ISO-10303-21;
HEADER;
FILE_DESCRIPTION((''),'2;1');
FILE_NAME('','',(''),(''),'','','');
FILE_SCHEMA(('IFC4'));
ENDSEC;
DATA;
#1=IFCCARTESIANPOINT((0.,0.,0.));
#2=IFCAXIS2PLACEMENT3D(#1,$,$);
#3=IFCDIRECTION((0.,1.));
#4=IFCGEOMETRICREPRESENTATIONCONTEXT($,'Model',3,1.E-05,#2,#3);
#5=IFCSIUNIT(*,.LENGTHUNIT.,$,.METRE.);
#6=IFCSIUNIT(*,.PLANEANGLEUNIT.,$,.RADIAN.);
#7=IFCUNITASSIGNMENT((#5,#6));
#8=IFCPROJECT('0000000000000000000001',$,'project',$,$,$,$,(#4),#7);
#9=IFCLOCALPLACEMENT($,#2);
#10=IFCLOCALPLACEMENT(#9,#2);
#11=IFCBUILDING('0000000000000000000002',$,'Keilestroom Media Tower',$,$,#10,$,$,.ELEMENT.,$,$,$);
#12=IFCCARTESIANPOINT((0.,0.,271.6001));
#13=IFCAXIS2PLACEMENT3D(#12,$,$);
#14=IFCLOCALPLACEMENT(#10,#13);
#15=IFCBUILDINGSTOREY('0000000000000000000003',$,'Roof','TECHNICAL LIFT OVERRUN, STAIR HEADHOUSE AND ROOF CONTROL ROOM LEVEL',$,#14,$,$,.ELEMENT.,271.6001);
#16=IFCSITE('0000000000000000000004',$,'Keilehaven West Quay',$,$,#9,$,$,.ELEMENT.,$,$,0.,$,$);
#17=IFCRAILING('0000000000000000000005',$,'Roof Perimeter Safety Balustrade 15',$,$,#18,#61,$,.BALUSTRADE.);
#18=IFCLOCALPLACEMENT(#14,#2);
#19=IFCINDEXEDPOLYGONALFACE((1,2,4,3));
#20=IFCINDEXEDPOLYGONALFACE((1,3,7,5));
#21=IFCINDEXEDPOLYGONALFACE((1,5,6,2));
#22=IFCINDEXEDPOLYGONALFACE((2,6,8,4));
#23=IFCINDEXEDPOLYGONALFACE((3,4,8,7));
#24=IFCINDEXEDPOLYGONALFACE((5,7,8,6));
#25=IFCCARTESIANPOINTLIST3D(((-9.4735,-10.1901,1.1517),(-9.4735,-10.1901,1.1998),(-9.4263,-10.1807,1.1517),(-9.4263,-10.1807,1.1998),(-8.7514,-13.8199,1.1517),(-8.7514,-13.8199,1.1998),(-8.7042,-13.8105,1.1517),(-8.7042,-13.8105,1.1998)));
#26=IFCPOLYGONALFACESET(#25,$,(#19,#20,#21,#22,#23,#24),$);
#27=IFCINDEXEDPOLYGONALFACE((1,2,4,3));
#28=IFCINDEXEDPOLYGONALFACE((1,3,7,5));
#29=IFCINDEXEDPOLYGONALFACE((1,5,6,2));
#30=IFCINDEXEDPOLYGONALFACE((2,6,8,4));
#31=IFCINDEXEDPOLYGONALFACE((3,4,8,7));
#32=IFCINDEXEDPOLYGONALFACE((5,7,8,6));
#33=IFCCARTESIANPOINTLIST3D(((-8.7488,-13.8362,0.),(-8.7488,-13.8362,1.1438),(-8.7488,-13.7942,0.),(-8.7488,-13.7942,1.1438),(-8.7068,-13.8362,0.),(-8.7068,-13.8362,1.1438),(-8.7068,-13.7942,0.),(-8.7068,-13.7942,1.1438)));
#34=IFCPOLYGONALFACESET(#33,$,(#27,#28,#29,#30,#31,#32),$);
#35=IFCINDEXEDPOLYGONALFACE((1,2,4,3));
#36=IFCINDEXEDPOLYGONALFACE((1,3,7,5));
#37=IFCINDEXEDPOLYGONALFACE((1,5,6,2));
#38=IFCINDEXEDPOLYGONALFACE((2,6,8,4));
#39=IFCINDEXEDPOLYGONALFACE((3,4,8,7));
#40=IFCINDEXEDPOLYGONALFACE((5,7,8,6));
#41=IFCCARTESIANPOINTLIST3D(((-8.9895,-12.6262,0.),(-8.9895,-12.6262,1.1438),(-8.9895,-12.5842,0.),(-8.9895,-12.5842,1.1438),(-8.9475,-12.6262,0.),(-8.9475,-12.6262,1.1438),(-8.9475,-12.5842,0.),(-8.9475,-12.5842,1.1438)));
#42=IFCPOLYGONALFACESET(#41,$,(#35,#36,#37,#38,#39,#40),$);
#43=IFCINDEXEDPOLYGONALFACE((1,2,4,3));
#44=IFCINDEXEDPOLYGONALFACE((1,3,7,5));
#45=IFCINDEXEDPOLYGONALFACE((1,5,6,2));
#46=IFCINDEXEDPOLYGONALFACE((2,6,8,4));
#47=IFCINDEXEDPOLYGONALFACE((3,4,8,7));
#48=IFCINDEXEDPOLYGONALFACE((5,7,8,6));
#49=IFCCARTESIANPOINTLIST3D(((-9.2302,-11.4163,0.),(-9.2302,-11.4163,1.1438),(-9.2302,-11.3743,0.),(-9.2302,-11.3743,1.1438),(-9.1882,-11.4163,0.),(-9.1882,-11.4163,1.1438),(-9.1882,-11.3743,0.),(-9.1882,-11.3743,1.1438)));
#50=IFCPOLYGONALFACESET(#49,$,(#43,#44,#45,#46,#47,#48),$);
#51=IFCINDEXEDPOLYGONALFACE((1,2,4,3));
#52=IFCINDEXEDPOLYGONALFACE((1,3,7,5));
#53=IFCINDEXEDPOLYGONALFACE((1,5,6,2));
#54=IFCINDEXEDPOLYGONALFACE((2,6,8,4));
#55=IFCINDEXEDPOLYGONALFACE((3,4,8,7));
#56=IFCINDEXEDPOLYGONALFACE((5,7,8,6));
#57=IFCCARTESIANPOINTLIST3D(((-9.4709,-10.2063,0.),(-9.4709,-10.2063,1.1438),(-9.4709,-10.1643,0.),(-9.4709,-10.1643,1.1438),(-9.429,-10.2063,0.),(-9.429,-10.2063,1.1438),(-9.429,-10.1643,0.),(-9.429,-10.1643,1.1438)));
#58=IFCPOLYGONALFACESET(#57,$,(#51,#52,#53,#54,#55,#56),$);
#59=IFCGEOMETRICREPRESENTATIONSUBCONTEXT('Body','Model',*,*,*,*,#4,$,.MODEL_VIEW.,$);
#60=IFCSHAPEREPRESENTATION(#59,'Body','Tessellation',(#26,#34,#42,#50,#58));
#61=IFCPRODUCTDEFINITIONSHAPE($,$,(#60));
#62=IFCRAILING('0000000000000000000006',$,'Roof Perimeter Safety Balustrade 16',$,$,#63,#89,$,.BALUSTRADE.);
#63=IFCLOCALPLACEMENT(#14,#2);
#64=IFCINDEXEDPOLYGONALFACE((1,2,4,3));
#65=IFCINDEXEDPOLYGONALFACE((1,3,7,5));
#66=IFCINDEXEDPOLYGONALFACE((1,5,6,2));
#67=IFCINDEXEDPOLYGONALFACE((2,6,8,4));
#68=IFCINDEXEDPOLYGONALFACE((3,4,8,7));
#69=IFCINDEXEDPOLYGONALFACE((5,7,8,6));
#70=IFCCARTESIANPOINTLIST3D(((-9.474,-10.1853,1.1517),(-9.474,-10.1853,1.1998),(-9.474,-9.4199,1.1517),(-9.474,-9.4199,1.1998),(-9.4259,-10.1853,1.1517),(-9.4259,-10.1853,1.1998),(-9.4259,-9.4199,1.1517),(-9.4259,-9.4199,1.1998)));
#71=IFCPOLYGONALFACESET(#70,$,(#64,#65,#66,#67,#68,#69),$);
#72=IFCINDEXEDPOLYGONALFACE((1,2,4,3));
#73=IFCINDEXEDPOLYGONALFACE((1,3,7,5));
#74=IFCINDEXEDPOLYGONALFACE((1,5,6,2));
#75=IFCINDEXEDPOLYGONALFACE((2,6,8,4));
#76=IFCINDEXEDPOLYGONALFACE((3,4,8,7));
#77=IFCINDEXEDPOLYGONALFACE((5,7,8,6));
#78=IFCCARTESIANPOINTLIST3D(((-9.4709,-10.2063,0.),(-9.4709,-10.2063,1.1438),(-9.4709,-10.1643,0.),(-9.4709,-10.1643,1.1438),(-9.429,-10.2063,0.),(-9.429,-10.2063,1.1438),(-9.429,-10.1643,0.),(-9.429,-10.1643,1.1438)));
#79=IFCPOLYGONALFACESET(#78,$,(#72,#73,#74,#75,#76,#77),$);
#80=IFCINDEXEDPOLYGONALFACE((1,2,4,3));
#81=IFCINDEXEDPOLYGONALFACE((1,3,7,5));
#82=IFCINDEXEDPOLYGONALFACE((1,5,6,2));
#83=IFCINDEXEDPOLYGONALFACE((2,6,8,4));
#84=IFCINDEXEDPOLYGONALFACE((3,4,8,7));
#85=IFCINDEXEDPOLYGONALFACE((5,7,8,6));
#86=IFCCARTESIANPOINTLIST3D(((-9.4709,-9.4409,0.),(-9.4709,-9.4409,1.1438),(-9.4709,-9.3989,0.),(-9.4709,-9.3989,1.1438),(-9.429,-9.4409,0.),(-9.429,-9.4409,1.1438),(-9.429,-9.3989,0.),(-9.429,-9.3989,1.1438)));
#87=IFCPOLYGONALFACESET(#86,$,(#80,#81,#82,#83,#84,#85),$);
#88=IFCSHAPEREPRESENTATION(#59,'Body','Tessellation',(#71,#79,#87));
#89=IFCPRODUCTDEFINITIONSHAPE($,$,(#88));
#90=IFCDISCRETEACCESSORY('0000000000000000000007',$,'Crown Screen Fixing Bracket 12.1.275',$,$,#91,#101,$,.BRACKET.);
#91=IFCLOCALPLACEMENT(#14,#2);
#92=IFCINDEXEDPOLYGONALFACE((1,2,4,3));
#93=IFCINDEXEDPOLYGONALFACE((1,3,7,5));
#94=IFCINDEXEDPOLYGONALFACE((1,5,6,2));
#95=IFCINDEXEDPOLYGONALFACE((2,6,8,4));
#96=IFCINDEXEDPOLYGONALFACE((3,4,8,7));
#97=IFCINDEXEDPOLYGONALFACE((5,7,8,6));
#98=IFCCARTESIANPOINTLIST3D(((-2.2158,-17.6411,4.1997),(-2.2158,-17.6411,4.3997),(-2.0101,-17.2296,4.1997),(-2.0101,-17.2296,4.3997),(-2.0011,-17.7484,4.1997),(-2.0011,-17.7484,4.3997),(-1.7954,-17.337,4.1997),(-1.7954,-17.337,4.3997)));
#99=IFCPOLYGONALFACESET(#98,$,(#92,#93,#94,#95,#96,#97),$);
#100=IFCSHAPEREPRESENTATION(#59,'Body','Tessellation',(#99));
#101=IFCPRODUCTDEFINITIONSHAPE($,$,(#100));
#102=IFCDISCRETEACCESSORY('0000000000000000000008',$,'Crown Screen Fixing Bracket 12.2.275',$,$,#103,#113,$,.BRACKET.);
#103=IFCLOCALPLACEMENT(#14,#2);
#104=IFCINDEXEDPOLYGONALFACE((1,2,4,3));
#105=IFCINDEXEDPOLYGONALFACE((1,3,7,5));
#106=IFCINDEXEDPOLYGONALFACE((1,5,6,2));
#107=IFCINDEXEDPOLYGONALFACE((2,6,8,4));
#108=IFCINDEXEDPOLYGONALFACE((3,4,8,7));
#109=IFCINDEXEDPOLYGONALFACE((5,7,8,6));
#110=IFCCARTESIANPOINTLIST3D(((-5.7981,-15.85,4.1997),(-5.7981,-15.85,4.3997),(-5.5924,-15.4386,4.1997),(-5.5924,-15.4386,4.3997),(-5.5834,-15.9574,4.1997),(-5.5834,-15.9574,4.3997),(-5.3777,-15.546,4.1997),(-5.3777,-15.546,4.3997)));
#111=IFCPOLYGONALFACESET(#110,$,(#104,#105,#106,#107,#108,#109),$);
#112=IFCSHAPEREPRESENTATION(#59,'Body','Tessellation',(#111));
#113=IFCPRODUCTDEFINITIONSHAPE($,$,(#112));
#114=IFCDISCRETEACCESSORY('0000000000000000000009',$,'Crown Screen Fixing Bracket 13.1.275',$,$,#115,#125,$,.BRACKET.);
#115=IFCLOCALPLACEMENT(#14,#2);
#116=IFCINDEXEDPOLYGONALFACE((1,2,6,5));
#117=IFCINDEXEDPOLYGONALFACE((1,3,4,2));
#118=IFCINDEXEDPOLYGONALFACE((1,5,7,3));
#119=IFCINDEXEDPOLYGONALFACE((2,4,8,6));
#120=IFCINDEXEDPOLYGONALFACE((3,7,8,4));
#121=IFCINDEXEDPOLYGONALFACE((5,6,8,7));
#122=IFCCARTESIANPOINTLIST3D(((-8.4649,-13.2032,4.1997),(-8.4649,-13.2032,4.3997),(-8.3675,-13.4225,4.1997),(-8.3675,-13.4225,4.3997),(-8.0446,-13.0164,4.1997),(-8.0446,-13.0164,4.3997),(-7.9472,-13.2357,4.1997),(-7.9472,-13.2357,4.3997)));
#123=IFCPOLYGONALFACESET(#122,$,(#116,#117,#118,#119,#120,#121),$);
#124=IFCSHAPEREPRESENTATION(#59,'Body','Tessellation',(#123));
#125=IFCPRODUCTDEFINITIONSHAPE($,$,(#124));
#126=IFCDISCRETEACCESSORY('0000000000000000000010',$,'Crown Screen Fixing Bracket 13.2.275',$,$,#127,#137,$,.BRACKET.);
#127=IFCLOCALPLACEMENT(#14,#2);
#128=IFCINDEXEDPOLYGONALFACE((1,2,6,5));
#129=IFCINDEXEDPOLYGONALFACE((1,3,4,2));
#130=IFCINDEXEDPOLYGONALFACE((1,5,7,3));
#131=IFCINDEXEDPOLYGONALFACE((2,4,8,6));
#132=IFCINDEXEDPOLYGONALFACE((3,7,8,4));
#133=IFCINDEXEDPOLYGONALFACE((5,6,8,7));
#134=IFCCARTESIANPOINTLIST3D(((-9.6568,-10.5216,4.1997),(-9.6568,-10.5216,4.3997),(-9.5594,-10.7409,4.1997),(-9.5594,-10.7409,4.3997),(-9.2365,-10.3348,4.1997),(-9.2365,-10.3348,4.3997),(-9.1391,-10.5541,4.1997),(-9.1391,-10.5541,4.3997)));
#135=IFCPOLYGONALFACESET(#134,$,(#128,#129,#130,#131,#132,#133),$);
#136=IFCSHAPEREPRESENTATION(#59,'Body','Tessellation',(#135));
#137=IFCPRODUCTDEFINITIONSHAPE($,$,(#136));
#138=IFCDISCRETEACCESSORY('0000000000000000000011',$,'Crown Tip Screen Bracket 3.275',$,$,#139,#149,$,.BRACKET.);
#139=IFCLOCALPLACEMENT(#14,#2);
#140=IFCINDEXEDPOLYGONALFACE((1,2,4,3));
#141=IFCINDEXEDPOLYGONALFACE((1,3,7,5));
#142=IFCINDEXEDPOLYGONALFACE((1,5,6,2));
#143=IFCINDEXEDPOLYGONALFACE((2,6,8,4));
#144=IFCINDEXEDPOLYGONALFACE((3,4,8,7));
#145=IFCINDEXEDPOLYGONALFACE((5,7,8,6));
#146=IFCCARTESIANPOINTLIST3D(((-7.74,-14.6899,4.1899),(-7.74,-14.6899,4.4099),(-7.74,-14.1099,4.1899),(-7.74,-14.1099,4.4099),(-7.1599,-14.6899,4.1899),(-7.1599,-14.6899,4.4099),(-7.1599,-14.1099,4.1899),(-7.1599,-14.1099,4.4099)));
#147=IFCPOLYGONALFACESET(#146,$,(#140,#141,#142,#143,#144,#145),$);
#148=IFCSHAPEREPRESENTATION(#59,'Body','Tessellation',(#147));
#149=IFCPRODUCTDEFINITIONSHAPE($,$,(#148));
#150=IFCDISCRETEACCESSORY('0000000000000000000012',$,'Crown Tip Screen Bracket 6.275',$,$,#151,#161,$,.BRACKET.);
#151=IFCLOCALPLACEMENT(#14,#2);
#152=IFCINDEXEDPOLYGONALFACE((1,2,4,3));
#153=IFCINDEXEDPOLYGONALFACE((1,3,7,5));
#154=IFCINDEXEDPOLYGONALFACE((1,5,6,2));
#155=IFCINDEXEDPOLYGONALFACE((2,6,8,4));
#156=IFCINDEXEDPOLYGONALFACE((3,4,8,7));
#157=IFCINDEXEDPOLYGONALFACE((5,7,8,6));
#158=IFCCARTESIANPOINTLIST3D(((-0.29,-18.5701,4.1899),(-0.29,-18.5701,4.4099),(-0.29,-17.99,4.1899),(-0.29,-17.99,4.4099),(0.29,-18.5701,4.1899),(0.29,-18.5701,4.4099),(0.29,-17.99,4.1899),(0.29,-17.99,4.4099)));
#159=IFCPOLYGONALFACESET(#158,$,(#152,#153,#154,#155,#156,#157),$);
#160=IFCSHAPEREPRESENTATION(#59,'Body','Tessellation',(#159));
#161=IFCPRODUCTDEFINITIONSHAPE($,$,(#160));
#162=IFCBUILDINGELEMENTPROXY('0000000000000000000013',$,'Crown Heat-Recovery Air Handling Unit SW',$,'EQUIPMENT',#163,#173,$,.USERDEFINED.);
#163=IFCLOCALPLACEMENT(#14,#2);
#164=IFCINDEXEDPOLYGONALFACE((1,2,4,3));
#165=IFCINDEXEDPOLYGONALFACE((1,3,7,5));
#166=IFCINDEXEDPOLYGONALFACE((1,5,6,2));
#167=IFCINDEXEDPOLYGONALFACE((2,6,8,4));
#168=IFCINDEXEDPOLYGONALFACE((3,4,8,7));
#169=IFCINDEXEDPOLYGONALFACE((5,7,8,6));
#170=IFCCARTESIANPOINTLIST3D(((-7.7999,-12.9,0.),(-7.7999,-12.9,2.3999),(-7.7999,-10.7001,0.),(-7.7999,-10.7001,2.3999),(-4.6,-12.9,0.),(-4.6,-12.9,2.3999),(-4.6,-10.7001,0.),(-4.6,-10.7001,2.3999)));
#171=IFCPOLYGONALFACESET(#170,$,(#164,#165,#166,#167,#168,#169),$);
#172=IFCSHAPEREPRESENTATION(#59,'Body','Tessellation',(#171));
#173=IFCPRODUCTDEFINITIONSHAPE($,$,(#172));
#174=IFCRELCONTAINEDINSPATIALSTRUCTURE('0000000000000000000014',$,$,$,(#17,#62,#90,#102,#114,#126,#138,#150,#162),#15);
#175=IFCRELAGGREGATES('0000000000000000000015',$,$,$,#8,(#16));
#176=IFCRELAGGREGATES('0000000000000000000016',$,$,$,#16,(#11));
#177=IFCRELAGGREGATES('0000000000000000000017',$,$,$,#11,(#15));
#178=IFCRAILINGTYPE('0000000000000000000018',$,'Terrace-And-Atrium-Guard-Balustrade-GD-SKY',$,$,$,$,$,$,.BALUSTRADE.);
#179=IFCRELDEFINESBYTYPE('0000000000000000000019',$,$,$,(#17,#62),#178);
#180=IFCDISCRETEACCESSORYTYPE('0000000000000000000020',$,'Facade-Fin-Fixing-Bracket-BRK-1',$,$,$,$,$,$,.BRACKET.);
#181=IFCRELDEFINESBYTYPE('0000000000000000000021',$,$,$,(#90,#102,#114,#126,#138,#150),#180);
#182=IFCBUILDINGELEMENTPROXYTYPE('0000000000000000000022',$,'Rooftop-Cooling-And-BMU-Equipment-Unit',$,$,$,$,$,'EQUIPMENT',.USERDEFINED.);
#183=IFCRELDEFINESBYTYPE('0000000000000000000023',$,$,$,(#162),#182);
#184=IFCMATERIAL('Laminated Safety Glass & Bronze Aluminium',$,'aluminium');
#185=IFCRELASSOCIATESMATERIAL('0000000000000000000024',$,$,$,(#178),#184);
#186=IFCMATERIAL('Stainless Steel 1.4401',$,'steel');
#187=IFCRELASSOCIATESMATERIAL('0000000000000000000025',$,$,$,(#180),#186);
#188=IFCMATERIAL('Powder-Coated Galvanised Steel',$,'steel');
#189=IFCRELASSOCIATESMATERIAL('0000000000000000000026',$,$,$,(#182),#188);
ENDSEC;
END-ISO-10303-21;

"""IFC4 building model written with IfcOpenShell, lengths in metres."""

from ifc_helpers import new_model, si_unit, direction, frame, origin, origin_2d, place, context, subcontext, project, spatial, rectangle, extrude, source, transform, mapped, material, type_object, element, save


model = new_model("IFC4")

# Units and contexts
model_context = context("Model", 3, precision=1e-05, world=origin(), true_north=direction((0.0, 1.0)))
body_context = subcontext(model_context, "Body", "Model", "MODEL_VIEW")
ifc_project = project(units=[si_unit("LENGTHUNIT", "METRE"), si_unit("PLANEANGLEUNIT", "RADIAN")], contexts=[model_context])

# Site, building, storey
site_placement = place(None, origin())
site = spatial("IfcSite", under=ifc_project, at=site_placement, Name="Keilehaven West Quay", CompositionType="ELEMENT", RefElevation=0.0)
building_placement = place(site_placement, origin())
building = spatial("IfcBuilding", under=site, at=building_placement, Name="Keilestroom Media Tower", CompositionType="ELEMENT")
storey_placement = place(building_placement, frame((0.0, 0.0, 271.6001)))
storey = spatial("IfcBuildingStorey", under=building, at=storey_placement, Name="Roof", Description="TECHNICAL LIFT OVERRUN, STAIR HEADHOUSE AND ROOF CONTROL ROOM LEVEL", CompositionType="ELEMENT", Elevation=271.6001)

# Railings
ifc_material_1 = material(Name="Laminated Safety Glass & Bronze Aluminium", Category="aluminium")
railing_type = type_object("IfcRailingType", Name="Terrace-And-Atrium-Guard-Balustrade-GD-SKY", PredefinedType="BALUSTRADE", material=ifc_material_1)
railing_1_placement = place(storey_placement, frame((-8.7278, -13.8152, 0.0)))
element("IfcRailing", 1, at=railing_1_placement, inside=storey, type_object=railing_type, Name="Roof Perimeter Safety Balustrade 15", PredefinedType="BALUSTRADE", context=body_context, shape_type="SweptSolid", body=[
    extrude(rectangle(XDim=0.0481, YDim=0.0481, at=origin_2d()), frame((0.0, 0.0, 1.1758), z_axis=(-0.195127, 0.980778, 0.0), x_axis=(-0.980778, -0.195127, 0.0)), (0.0, 0.0, 1.0), 3.7009),
    extrude(rectangle(XDim=0.042, YDim=0.042, at=origin_2d()), origin(), (0.0, 0.0, 1.0), 1.1438),
    extrude(rectangle(XDim=0.042, YDim=0.042, at=origin_2d()), frame((-0.2407, 1.21, 0.0)), (0.0, 0.0, 1.0), 1.1438),
    extrude(rectangle(XDim=0.042, YDim=0.042, at=origin_2d()), frame((-0.4814, 2.4199, 0.0)), (0.0, 0.0, 1.0), 1.1438),
    extrude(rectangle(XDim=0.042, YDim=0.042, at=origin_2d()), frame((-0.7222, 3.6299, 0.0)), (0.0, 0.0, 1.0), 1.1438),
])
railing_2_placement = place(storey_placement, frame((-9.45, -10.1853, 0.0)))
element("IfcRailing", 2, at=railing_2_placement, inside=storey, type_object=railing_type, Name="Roof Perimeter Safety Balustrade 16", PredefinedType="BALUSTRADE", context=body_context, shape_type="SweptSolid", body=[
    extrude(rectangle(XDim=0.0481, YDim=0.0481, at=origin_2d()), frame((0.0, 0.0, 1.1758), z_axis=(0.0, 1.0, 0.0), x_axis=(-1.0, 0.0, 0.0)), (0.0, 0.0, 1.0), 0.7654),
    extrude(rectangle(XDim=0.042, YDim=0.042, at=origin_2d()), origin(), (0.0, 0.0, 1.0), 1.1438),
    extrude(rectangle(XDim=0.042, YDim=0.042, at=origin_2d()), frame((0.0, 0.7654, 0.0)), (0.0, 0.0, 1.0), 1.1438),
])

# Discrete accessories
ifc_material_2 = material(Name="Stainless Steel 1.4401", Category="steel")
discrete_accessory_type = type_object("IfcDiscreteAccessoryType", Name="Facade-Fin-Fixing-Bracket-BRK-1", PredefinedType="BRACKET", material=ifc_material_2)
shared_shape_1 = source(origin(), body_context, "Body", "SweptSolid", [
    extrude(rectangle(XDim=0.24, YDim=0.46, at=origin_2d()), origin(), (0.0, 0.0, 1.0), 0.2),
])
for number, where, z_axis, x_axis, name in (
    (3, (-2.0056, -17.489, 4.1997), (0.0, 0.0, 1.0), (-0.894427, 0.447214, 0.0), "Crown Screen Fixing Bracket 12.1.275"),
    (4, (-5.5879, -15.698, 4.1997), (0.0, 0.0, 1.0), (-0.894427, 0.447214, 0.0), "Crown Screen Fixing Bracket 12.2.275"),
    (5, (-8.2061, -13.2195, 4.1997), (0.0, 0.0, 1.0), (-0.406139, 0.913811, 0.0), "Crown Screen Fixing Bracket 13.1.275"),
    (6, (-9.3979, -10.5378, 4.1997), (0.0, 0.0, 1.0), (-0.406139, 0.913811, 0.0), "Crown Screen Fixing Bracket 13.2.275"),
):
    element("IfcDiscreteAccessory", number, at=place(storey_placement, frame(where, z_axis=z_axis, x_axis=x_axis)), inside=storey, type_object=discrete_accessory_type, Name=name, PredefinedType="BRACKET", context=body_context, shape_type="MappedRepresentation", body=[
        mapped(shared_shape_1, transform((0.0, 0.0, 0.0), x_axis=(1.0, 0.0, 0.0), y_axis=(0.0, 1.0, 0.0), z_axis=(0.0, 0.0, 1.0), scale=1.0)),
    ])
shared_shape_2 = source(origin(), body_context, "Body", "SweptSolid", [
    extrude(rectangle(XDim=0.5801, YDim=0.5801, at=origin_2d()), origin(), (0.0, 0.0, 1.0), 0.22),
])
for number, where, z_axis, x_axis, name in (
    (7, (-7.45, -14.3999, 4.1899), (0.0, 0.0, 1.0), (1.0, 0.0, 0.0), "Crown Tip Screen Bracket 3.275"),
    (8, (0.0, -18.28, 4.1899), (0.0, 0.0, 1.0), (1.0, 0.0, 0.0), "Crown Tip Screen Bracket 6.275"),
):
    element("IfcDiscreteAccessory", number, at=place(storey_placement, frame(where, z_axis=z_axis, x_axis=x_axis)), inside=storey, type_object=discrete_accessory_type, Name=name, PredefinedType="BRACKET", context=body_context, shape_type="MappedRepresentation", body=[
        mapped(shared_shape_2, transform((0.0, 0.0, 0.0), x_axis=(1.0, 0.0, 0.0), y_axis=(0.0, 1.0, 0.0), z_axis=(0.0, 0.0, 1.0), scale=1.0)),
    ])

# Building element proxy
ifc_material_3 = material(Name="Powder-Coated Galvanised Steel", Category="steel")
building_element_proxy_type = type_object("IfcBuildingElementProxyType", Name="Rooftop-Cooling-And-BMU-Equipment-Unit", ElementType="EQUIPMENT", PredefinedType="USERDEFINED", material=ifc_material_3)
shared_shape_3 = source(origin(), body_context, "Body", "SweptSolid", [
    extrude(rectangle(XDim=3.2, YDim=2.2, at=origin_2d()), origin(), (0.0, 0.0, 1.0), 2.3999),
])
proxy_placement = place(storey_placement, frame((-6.2, -11.8, 0.0), z_axis=(0.0, 0.0, 1.0), x_axis=(1.0, 0.0, 0.0)))
element("IfcBuildingElementProxy", 9, at=proxy_placement, inside=storey, type_object=building_element_proxy_type, Name="Crown Heat-Recovery Air Handling Unit SW", ObjectType="EQUIPMENT", PredefinedType="USERDEFINED", context=body_context, shape_type="MappedRepresentation", body=[
    mapped(shared_shape_3, transform((0.0, 0.0, 0.0), x_axis=(1.0, 0.0, 0.0), y_axis=(0.0, 1.0, 0.0), z_axis=(0.0, 0.0, 1.0), scale=1.0)),
])

save(model, "model.ifc")
